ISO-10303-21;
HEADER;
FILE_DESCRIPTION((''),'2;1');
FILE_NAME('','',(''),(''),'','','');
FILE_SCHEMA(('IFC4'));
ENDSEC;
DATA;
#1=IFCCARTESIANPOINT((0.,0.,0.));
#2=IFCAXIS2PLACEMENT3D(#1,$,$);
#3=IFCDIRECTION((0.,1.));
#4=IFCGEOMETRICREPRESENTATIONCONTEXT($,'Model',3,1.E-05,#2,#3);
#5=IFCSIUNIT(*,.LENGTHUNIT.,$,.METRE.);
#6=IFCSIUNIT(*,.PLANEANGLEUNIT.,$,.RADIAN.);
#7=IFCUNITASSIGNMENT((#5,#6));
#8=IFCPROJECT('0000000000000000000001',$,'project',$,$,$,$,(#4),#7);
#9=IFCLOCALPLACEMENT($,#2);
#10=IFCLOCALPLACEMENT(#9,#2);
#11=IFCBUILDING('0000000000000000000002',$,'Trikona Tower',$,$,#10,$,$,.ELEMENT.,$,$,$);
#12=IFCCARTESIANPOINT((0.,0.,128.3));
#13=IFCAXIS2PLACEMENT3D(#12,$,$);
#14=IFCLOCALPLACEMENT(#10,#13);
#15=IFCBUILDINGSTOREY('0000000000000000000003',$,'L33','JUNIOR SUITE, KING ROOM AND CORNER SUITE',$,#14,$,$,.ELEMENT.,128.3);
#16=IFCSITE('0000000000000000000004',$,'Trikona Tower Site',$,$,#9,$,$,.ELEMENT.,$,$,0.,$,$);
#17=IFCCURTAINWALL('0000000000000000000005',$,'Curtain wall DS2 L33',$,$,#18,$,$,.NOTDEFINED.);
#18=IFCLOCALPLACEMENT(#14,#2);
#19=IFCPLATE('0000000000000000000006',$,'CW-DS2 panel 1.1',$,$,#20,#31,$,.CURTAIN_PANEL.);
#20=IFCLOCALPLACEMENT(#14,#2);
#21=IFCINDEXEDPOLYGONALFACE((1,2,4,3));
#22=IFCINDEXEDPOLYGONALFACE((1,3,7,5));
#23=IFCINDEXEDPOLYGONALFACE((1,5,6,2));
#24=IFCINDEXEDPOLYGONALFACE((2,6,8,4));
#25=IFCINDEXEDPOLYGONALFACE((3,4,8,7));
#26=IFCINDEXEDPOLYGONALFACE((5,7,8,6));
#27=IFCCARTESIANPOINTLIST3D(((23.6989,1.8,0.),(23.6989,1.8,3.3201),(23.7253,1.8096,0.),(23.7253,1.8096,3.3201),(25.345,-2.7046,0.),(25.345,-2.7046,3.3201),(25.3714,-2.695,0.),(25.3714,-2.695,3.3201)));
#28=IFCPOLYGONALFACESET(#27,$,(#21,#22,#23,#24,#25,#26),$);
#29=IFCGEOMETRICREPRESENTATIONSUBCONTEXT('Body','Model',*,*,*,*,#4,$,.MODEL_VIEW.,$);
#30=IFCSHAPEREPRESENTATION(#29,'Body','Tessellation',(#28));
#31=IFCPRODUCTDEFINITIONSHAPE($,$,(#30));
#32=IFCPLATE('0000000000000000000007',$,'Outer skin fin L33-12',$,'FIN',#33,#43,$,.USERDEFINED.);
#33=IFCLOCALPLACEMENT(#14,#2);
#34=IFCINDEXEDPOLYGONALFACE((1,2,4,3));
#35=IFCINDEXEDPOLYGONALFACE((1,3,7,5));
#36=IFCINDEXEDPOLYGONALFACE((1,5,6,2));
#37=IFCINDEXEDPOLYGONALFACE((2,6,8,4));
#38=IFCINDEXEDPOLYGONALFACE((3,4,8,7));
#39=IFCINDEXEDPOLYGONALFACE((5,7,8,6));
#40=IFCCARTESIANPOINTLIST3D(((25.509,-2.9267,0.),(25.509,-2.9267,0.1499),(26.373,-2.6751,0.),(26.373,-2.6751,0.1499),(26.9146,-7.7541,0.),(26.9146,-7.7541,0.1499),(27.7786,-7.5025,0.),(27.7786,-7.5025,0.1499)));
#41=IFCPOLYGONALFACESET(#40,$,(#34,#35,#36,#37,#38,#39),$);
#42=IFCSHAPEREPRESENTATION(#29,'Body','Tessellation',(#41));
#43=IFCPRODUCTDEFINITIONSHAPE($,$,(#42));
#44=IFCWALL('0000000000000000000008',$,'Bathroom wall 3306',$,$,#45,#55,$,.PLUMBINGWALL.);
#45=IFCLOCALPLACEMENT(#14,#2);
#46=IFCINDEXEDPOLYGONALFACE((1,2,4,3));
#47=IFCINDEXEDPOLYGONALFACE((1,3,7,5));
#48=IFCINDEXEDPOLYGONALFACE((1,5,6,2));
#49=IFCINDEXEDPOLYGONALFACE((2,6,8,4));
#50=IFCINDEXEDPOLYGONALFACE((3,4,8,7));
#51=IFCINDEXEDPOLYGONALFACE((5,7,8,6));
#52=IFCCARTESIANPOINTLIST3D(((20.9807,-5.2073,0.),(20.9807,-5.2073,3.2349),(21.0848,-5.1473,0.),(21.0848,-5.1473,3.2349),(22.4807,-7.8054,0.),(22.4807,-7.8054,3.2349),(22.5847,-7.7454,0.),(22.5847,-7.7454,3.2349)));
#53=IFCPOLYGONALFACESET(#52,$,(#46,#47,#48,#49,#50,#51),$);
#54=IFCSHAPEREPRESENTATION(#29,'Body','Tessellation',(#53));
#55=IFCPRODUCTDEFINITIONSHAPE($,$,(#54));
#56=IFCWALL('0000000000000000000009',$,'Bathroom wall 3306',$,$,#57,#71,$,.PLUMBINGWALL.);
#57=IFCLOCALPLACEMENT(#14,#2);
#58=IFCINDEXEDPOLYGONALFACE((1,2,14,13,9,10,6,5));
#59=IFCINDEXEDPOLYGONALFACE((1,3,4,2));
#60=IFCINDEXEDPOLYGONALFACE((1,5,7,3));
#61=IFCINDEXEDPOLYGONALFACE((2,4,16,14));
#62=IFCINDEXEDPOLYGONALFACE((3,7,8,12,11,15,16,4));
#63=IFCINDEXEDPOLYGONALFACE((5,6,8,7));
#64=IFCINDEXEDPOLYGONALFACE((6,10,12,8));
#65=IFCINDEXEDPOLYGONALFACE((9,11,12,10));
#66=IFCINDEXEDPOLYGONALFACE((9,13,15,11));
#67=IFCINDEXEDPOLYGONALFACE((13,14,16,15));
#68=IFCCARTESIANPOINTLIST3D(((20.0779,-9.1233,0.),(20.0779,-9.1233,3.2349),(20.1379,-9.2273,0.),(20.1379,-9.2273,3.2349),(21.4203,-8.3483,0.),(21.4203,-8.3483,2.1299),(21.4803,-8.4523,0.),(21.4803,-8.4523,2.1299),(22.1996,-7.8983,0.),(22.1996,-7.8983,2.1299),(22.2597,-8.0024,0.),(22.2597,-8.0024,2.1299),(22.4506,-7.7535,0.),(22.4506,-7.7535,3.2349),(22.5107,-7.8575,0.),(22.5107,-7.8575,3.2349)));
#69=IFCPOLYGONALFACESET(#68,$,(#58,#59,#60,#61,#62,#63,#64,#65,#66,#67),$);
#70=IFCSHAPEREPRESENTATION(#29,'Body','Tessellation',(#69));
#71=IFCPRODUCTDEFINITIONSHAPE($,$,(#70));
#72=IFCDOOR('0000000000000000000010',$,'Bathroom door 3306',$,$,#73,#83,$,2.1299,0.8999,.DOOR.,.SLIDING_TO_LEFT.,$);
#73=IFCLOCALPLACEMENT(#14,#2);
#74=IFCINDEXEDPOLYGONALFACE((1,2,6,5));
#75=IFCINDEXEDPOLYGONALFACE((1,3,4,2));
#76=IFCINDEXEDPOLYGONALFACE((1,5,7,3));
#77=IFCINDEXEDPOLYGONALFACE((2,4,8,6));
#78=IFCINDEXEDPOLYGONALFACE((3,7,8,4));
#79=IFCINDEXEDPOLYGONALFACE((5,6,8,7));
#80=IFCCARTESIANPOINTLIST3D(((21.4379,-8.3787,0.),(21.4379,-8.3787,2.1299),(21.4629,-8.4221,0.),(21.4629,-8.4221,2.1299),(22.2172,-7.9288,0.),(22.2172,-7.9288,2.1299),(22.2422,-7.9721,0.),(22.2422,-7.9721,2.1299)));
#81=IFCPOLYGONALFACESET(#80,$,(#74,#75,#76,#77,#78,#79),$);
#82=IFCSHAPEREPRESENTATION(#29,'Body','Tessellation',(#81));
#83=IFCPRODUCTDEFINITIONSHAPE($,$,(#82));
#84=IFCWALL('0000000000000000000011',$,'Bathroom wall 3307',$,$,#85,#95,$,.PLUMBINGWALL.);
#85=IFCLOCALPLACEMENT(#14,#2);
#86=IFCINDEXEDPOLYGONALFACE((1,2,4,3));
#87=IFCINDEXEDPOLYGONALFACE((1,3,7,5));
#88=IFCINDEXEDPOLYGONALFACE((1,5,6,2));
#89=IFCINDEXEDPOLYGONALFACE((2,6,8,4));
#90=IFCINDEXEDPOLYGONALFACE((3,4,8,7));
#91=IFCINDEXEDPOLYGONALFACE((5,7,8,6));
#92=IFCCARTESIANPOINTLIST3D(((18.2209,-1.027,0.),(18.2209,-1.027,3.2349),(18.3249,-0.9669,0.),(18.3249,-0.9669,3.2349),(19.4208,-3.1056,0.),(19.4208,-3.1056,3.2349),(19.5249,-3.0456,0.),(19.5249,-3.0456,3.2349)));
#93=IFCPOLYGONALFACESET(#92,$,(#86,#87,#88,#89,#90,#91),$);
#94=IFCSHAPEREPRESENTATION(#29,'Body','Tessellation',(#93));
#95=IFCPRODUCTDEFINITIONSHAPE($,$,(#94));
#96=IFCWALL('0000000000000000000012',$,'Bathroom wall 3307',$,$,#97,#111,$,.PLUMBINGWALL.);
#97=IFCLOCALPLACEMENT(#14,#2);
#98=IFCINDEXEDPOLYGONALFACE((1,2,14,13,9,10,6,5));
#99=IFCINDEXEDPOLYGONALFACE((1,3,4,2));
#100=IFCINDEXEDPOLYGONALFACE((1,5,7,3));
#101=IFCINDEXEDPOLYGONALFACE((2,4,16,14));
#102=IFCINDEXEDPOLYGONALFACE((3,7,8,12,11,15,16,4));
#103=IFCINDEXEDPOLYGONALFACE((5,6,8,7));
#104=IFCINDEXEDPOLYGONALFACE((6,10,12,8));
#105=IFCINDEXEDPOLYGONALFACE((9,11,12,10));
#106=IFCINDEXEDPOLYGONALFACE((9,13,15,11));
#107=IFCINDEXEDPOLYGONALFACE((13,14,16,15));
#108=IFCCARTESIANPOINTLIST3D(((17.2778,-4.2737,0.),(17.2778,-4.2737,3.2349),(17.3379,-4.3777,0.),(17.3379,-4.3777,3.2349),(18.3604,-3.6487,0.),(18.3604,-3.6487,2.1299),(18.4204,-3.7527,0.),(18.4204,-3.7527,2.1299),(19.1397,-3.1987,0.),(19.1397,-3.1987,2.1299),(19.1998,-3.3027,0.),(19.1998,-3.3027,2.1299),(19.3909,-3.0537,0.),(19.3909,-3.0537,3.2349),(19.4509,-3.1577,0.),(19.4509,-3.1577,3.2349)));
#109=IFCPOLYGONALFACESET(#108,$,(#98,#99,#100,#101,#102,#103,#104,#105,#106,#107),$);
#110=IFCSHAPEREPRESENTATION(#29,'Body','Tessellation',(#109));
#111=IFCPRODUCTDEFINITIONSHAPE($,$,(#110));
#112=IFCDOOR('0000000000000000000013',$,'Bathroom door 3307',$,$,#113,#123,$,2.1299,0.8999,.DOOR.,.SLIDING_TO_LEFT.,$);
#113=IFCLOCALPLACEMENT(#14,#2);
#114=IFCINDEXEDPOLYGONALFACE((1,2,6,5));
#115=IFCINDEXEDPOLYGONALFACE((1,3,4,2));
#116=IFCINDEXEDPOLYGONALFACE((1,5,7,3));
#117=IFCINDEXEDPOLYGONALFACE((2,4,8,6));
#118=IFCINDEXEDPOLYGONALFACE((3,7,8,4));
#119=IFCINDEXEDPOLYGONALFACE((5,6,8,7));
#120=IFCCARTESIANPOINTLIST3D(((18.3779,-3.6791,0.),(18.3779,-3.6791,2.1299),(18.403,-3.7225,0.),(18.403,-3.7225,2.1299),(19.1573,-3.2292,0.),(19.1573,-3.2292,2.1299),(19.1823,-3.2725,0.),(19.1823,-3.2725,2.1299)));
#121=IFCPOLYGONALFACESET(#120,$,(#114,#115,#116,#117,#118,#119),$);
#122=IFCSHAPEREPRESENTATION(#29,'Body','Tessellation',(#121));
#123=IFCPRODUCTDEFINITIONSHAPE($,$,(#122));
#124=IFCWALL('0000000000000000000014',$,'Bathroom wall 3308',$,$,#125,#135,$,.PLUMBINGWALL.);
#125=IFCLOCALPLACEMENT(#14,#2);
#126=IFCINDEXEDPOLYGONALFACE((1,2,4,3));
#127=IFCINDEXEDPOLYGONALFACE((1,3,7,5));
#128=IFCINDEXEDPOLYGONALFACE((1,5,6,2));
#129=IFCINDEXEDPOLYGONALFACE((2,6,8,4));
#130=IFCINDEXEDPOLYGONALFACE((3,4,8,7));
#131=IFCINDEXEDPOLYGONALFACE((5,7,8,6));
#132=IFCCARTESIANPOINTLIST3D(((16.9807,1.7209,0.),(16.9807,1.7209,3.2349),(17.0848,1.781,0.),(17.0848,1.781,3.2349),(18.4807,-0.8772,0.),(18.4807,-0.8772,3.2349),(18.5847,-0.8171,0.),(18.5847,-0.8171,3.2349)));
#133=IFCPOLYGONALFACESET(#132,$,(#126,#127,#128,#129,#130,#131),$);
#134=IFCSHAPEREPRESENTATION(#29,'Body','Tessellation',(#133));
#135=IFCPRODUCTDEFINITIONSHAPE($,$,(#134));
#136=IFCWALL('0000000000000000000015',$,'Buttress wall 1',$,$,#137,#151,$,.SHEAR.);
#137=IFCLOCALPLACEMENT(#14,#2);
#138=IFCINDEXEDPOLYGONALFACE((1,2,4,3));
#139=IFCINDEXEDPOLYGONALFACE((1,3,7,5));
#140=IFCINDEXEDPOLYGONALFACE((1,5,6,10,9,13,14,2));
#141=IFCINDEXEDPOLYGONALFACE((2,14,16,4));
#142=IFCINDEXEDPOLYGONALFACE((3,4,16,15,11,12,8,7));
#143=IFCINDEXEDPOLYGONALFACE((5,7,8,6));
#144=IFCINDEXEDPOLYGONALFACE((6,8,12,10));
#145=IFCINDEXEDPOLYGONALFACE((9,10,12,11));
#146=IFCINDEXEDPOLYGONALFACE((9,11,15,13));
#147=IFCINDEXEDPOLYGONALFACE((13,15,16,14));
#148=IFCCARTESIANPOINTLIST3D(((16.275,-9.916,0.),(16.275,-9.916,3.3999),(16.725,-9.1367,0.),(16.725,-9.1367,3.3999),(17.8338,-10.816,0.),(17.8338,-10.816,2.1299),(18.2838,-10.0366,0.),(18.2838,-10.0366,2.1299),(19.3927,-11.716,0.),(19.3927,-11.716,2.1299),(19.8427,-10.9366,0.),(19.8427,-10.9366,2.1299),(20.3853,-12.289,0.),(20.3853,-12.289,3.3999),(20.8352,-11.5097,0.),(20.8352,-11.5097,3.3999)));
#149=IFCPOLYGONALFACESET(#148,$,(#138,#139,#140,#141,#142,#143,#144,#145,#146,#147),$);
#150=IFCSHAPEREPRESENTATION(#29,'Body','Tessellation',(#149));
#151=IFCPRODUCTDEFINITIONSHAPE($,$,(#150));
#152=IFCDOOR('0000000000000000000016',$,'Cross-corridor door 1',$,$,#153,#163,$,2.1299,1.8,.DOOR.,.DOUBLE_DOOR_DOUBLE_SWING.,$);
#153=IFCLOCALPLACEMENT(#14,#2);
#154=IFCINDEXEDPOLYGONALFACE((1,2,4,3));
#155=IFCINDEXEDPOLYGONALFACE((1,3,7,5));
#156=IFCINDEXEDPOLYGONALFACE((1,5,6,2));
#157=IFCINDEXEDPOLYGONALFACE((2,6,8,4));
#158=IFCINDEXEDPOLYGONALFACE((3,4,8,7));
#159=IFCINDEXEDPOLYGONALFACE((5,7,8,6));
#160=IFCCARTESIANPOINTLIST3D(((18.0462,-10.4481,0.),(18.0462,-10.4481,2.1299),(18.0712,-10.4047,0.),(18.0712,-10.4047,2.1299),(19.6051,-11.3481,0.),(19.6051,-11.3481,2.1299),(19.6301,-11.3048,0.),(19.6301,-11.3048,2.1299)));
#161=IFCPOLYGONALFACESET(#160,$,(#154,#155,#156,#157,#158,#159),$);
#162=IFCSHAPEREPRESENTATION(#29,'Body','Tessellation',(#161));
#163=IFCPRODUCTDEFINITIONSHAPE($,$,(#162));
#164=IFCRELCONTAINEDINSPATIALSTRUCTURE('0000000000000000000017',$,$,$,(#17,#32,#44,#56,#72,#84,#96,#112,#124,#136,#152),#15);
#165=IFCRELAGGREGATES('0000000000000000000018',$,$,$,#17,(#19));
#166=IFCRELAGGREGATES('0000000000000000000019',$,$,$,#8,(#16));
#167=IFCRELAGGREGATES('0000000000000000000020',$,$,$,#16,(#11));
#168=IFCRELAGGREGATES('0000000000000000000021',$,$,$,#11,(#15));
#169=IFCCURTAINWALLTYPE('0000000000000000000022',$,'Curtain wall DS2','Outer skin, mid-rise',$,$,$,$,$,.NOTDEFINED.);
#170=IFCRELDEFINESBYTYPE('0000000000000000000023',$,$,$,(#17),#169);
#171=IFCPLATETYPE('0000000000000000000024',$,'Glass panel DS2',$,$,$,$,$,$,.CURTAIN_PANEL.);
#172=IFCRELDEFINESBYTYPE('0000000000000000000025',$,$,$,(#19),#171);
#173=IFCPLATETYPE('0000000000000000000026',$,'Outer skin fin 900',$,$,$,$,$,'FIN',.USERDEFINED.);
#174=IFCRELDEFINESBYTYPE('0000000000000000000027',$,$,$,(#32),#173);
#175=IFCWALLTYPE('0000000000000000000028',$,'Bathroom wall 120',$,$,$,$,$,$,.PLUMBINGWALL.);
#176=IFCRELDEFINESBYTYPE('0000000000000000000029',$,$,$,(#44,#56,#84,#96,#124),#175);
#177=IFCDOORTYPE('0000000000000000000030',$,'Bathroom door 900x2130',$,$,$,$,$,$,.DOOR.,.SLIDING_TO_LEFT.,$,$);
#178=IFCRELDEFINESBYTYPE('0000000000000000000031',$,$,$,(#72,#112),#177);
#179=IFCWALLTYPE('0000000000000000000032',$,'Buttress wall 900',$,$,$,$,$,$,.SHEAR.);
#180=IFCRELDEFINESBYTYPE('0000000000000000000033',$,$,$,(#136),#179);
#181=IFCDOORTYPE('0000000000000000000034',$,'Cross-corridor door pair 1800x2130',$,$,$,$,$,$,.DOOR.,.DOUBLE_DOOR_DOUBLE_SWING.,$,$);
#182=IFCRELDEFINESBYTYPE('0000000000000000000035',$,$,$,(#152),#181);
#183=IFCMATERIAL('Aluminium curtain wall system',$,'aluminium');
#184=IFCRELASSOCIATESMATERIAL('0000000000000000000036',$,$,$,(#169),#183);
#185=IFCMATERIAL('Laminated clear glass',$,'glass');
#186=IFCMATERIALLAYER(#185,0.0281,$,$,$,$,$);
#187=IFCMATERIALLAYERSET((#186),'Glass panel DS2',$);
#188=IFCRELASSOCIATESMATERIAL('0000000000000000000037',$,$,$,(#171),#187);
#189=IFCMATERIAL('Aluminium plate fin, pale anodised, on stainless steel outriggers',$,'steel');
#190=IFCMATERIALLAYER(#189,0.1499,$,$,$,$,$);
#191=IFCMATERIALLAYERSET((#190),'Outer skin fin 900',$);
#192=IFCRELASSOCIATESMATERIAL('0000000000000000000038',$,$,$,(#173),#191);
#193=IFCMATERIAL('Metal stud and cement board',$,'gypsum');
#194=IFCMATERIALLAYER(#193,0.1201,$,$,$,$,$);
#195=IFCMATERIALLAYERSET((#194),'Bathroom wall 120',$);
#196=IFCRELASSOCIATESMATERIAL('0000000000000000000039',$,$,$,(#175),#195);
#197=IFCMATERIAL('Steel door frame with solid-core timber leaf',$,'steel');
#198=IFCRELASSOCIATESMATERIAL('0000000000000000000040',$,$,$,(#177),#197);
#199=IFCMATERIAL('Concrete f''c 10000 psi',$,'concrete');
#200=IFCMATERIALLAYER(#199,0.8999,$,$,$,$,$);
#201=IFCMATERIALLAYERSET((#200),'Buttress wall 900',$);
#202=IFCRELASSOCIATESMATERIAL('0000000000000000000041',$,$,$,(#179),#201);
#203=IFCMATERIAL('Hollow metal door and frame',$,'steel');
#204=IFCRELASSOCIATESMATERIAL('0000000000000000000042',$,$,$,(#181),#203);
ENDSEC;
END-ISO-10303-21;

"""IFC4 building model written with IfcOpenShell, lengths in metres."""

from ifc_helpers import new_model, si_unit, direction, frame, frame_2d, origin, origin_2d, place, context, subcontext, project, spatial, rectangle, extrude, material, layer, layer_set, type_object, element, fill, aggregate, save


model = new_model("IFC4")

# Units and contexts
model_context = context("Model", 3, precision=1e-05, world=origin(), true_north=direction((0.0, 1.0)))
body_context = subcontext(model_context, "Body", "Model", "MODEL_VIEW")
ifc_project = project(units=[si_unit("LENGTHUNIT", "METRE"), si_unit("PLANEANGLEUNIT", "RADIAN")], contexts=[model_context])

# Site, building, storey
site_placement = place(None, origin())
site = spatial("IfcSite", under=ifc_project, at=site_placement, Name="Trikona Tower Site", CompositionType="ELEMENT", RefElevation=0.0)
building_placement = place(site_placement, origin())
building = spatial("IfcBuilding", under=site, at=building_placement, Name="Trikona Tower", CompositionType="ELEMENT")
storey_placement = place(building_placement, frame((0.0, 0.0, 128.3)))
storey = spatial("IfcBuildingStorey", under=building, at=storey_placement, Name="L33", Description="JUNIOR SUITE, KING ROOM AND CORNER SUITE", CompositionType="ELEMENT", Elevation=128.3)

# Shared definitions
ifc_material_1 = material(Name="Aluminium curtain wall system", Category="aluminium")
curtain_wall_type = type_object("IfcCurtainWallType", Name="Curtain wall DS2", Description="Outer skin, mid-rise", PredefinedType="NOTDEFINED", material=ifc_material_1)

# Curtain wall
curtain_wall_1_placement = place(storey_placement, origin())
curtain_wall_1 = element("IfcCurtainWall", 1, at=curtain_wall_1_placement, inside=storey, type_object=curtain_wall_type, Name="Curtain wall DS2 L33", PredefinedType="NOTDEFINED")

# Plates
ifc_material_2 = material(Name="Laminated clear glass", Category="glass")
ifc_layer_1 = layer(ifc_material_2, 0.0281)
ifc_layer_set_1 = layer_set([ifc_layer_1], Name="Glass panel DS2")
plate_type_1 = type_object("IfcPlateType", Name="Glass panel DS2", PredefinedType="CURTAIN_PANEL", material=ifc_layer_set_1)
plate_1_placement = place(storey_placement, frame((24.5352, -0.4475, 0.0), z_axis=(0.0, 0.0, 1.0), x_axis=(-0.343223, 0.939254, 0.0)))
plate_1 = element("IfcPlate", 2, at=plate_1_placement, type_object=plate_type_1, Name="CW-DS2 panel 1.1", PredefinedType="CURTAIN_PANEL", context=body_context, shape_type="SweptSolid", body=[
    extrude(rectangle(XDim=4.7959, YDim=0.0281, at=origin_2d()), origin(), (0.0, 0.0, 1.0), 3.3201),
])
aggregate(curtain_wall_1, [plate_1])
ifc_material_3 = material(Name="Aluminium plate fin, pale anodised, on stainless steel outriggers", Category="steel")
ifc_layer_2 = layer(ifc_material_3, 0.1499)
ifc_layer_set_2 = layer_set([ifc_layer_2], Name="Outer skin fin 900")
plate_type_2 = type_object("IfcPlateType", Name="Outer skin fin 900", ElementType="FIN", PredefinedType="USERDEFINED", material=ifc_layer_set_2)
plate_2_placement = place(storey_placement, frame((26.6438, -5.2146, 0.0), z_axis=(0.0, 0.0, 1.0), x_axis=(-0.279554, 0.96013, 0.0)))
element("IfcPlate", 3, at=plate_2_placement, inside=storey, type_object=plate_type_2, Name="Outer skin fin L33-12", ObjectType="FIN", PredefinedType="USERDEFINED", context=body_context, shape_type="SweptSolid", body=[
    extrude(rectangle(XDim=5.0278, YDim=0.8999, at=origin_2d()), origin(), (0.0, 0.0, 1.0), 0.1499),
])

# Wall
ifc_material_4 = material(Name="Metal stud and cement board", Category="gypsum")
ifc_layer_3 = layer(ifc_material_4, 0.1201)
ifc_layer_set_3 = layer_set([ifc_layer_3], Name="Bathroom wall 120")
wall_type_1 = type_object("IfcWallType", Name="Bathroom wall 120", PredefinedType="PLUMBINGWALL", material=ifc_layer_set_3)
wall_1_placement = place(storey_placement, frame((22.5327, -7.7754, 0.0), z_axis=(0.0, 0.0, 1.0), x_axis=(-0.49999, 0.866031, 0.0)))
element("IfcWall", 4, at=wall_1_placement, inside=storey, type_object=wall_type_1, Name="Bathroom wall 3306", PredefinedType="PLUMBINGWALL", context=body_context, shape_type="SweptSolid", body=[
    extrude(rectangle(XDim=3.0, YDim=0.1201, at=frame_2d((1.5, 0.0))), origin(), (0.0, 0.0, 1.0), 3.2349),
])

# Wall, opening, door
wall_2_placement = place(storey_placement, frame((20.1079, -9.1753, 0.0), z_axis=(0.0, 0.0, 1.0), x_axis=(0.866036, 0.499982, 0.0)))
wall_2 = element("IfcWall", 5, at=wall_2_placement, inside=storey, type_object=wall_type_1, Name="Bathroom wall 3306", PredefinedType="PLUMBINGWALL", context=body_context, shape_type="SweptSolid", body=[
    extrude(rectangle(XDim=2.7397, YDim=0.1201, at=frame_2d((1.3699, 0.0))), origin(), (0.0, 0.0, 1.0), 3.2349),
])
opening_1_placement = place(wall_2_placement, frame((1.55, 0.0, 0.0)))
opening_1 = element("IfcOpeningElement", 6, at=opening_1_placement, cuts=wall_2, PredefinedType="OPENING", context=body_context, shape_type="SweptSolid", body=[
    extrude(rectangle(XDim=0.8999, YDim=2.1299, at=frame_2d((0.45, 1.0649))), frame((0.0, 0.0701, 0.0), z_axis=(0.0, -1.0, 0.0), x_axis=(1.0, 0.0, 0.0)), (0.0, 0.0, 1.0), 0.1401),
])
ifc_material_5 = material(Name="Steel door frame with solid-core timber leaf", Category="steel")
door_type_1 = type_object("IfcDoorType", Name="Bathroom door 900x2130", OperationType="SLIDING_TO_LEFT", PredefinedType="DOOR", material=ifc_material_5)
door_1_placement = place(opening_1_placement, origin())
door_1 = element("IfcDoor", 7, at=door_1_placement, inside=storey, type_object=door_type_1, Name="Bathroom door 3306", OperationType="SLIDING_TO_LEFT", OverallHeight=2.1299, OverallWidth=0.8999, PredefinedType="DOOR", context=body_context, shape_type="SweptSolid", body=[
    extrude(rectangle(XDim=0.8999, YDim=2.1299, at=frame_2d((0.45, 1.0649))), frame((0.0, 0.0249, 0.0), z_axis=(0.0, -1.0, 0.0), x_axis=(1.0, 0.0, 0.0)), (0.0, 0.0, 1.0), 0.05),
])
fill(opening_1, door_1)

# Wall
wall_3_placement = place(storey_placement, frame((19.4729, -3.0757, 0.0), z_axis=(0.0, 0.0, 1.0), x_axis=(-0.499957, 0.86605, 0.0)))
element("IfcWall", 8, at=wall_3_placement, inside=storey, type_object=wall_type_1, Name="Bathroom wall 3307", PredefinedType="PLUMBINGWALL", context=body_context, shape_type="SweptSolid", body=[
    extrude(rectangle(XDim=2.4001, YDim=0.1201, at=frame_2d((1.2002, 0.0))), origin(), (0.0, 0.0, 1.0), 3.2349),
])

# Wall, opening, door
wall_4_placement = place(storey_placement, frame((17.3079, -4.3257, 0.0), z_axis=(0.0, 0.0, 1.0), x_axis=(0.866024, 0.500003, 0.0)))
wall_4 = element("IfcWall", 9, at=wall_4_placement, inside=storey, type_object=wall_type_1, Name="Bathroom wall 3307", PredefinedType="PLUMBINGWALL", context=body_context, shape_type="SweptSolid", body=[
    extrude(rectangle(XDim=2.4399, YDim=0.1201, at=frame_2d((1.22, 0.0))), origin(), (0.0, 0.0, 1.0), 3.2349),
])
opening_2_placement = place(wall_4_placement, frame((1.25, 0.0, 0.0)))
opening_2 = element("IfcOpeningElement", 10, at=opening_2_placement, cuts=wall_4, PredefinedType="OPENING", context=body_context, shape_type="SweptSolid", body=[
    extrude(rectangle(XDim=0.8999, YDim=2.1299, at=frame_2d((0.45, 1.0649))), frame((0.0, 0.0701, 0.0), z_axis=(0.0, -1.0, 0.0), x_axis=(1.0, 0.0, 0.0)), (0.0, 0.0, 1.0), 0.1401),
])
door_2_placement = place(opening_2_placement, origin())
door_2 = element("IfcDoor", 11, at=door_2_placement, inside=storey, type_object=door_type_1, Name="Bathroom door 3307", OperationType="SLIDING_TO_LEFT", OverallHeight=2.1299, OverallWidth=0.8999, PredefinedType="DOOR", context=body_context, shape_type="SweptSolid", body=[
    extrude(rectangle(XDim=0.8999, YDim=2.1299, at=frame_2d((0.45, 1.0649))), frame((0.0, 0.0249, 0.0), z_axis=(0.0, -1.0, 0.0), x_axis=(1.0, 0.0, 0.0)), (0.0, 0.0, 1.0), 0.05),
])
fill(opening_2, door_2)

# Wall
wall_5_placement = place(storey_placement, frame((18.5327, -0.8472, 0.0), z_axis=(0.0, 0.0, 1.0), x_axis=(-0.49999, 0.866031, 0.0)))
element("IfcWall", 12, at=wall_5_placement, inside=storey, type_object=wall_type_1, Name="Bathroom wall 3308", PredefinedType="PLUMBINGWALL", context=body_context, shape_type="SweptSolid", body=[
    extrude(rectangle(XDim=3.0, YDim=0.1201, at=frame_2d((1.5, 0.0))), origin(), (0.0, 0.0, 1.0), 3.2349),
])

# Wall, opening, door
ifc_material_6 = material(Name="Concrete f'c 10000 psi", Category="concrete")
ifc_layer_4 = layer(ifc_material_6, 0.8999)
ifc_layer_set_4 = layer_set([ifc_layer_4], Name="Buttress wall 900")
wall_type_2 = type_object("IfcWallType", Name="Buttress wall 900", PredefinedType="SHEAR", material=ifc_layer_set_4)
wall_6_placement = place(storey_placement, frame((16.5, -9.5264, 0.0), z_axis=(0.0, 0.0, 1.0), x_axis=(0.866031, -0.49999, 0.0)))
wall_6 = element("IfcWall", 13, at=wall_6_placement, inside=storey, type_object=wall_type_2, Name="Buttress wall 1", PredefinedType="SHEAR", context=body_context, shape_type="SweptSolid", body=[
    extrude(rectangle(XDim=4.7461, YDim=0.8999, at=frame_2d((2.373, 0.0))), origin(), (0.0, 0.0, 1.0), 3.3999),
])
opening_3_placement = place(wall_6_placement, frame((1.8, 0.0, 0.0)))
opening_3 = element("IfcOpeningElement", 14, at=opening_3_placement, cuts=wall_6, PredefinedType="OPENING", context=body_context, shape_type="SweptSolid", body=[
    extrude(rectangle(XDim=1.8, YDim=2.1299, at=frame_2d((0.8999, 1.0649))), frame((0.0, 0.46, 0.0), z_axis=(0.0, -1.0, 0.0), x_axis=(1.0, 0.0, 0.0)), (0.0, 0.0, 1.0), 0.9199),
])
ifc_material_7 = material(Name="Hollow metal door and frame", Category="steel")
door_type_2 = type_object("IfcDoorType", Name="Cross-corridor door pair 1800x2130", OperationType="DOUBLE_DOOR_DOUBLE_SWING", PredefinedType="DOOR", material=ifc_material_7)
door_3_placement = place(opening_3_placement, origin())
door_3 = element("IfcDoor", 15, at=door_3_placement, inside=storey, type_object=door_type_2, Name="Cross-corridor door 1", OperationType="DOUBLE_DOOR_DOUBLE_SWING", OverallHeight=2.1299, OverallWidth=1.8, PredefinedType="DOOR", context=body_context, shape_type="SweptSolid", body=[
    extrude(rectangle(XDim=1.8, YDim=2.1299, at=frame_2d((0.8999, 1.0649))), frame((0.0, 0.0249, 0.0), z_axis=(0.0, -1.0, 0.0), x_axis=(1.0, 0.0, 0.0)), (0.0, 0.0, 1.0), 0.05),
])
fill(opening_3, door_3)

save(model, "model.ifc")
